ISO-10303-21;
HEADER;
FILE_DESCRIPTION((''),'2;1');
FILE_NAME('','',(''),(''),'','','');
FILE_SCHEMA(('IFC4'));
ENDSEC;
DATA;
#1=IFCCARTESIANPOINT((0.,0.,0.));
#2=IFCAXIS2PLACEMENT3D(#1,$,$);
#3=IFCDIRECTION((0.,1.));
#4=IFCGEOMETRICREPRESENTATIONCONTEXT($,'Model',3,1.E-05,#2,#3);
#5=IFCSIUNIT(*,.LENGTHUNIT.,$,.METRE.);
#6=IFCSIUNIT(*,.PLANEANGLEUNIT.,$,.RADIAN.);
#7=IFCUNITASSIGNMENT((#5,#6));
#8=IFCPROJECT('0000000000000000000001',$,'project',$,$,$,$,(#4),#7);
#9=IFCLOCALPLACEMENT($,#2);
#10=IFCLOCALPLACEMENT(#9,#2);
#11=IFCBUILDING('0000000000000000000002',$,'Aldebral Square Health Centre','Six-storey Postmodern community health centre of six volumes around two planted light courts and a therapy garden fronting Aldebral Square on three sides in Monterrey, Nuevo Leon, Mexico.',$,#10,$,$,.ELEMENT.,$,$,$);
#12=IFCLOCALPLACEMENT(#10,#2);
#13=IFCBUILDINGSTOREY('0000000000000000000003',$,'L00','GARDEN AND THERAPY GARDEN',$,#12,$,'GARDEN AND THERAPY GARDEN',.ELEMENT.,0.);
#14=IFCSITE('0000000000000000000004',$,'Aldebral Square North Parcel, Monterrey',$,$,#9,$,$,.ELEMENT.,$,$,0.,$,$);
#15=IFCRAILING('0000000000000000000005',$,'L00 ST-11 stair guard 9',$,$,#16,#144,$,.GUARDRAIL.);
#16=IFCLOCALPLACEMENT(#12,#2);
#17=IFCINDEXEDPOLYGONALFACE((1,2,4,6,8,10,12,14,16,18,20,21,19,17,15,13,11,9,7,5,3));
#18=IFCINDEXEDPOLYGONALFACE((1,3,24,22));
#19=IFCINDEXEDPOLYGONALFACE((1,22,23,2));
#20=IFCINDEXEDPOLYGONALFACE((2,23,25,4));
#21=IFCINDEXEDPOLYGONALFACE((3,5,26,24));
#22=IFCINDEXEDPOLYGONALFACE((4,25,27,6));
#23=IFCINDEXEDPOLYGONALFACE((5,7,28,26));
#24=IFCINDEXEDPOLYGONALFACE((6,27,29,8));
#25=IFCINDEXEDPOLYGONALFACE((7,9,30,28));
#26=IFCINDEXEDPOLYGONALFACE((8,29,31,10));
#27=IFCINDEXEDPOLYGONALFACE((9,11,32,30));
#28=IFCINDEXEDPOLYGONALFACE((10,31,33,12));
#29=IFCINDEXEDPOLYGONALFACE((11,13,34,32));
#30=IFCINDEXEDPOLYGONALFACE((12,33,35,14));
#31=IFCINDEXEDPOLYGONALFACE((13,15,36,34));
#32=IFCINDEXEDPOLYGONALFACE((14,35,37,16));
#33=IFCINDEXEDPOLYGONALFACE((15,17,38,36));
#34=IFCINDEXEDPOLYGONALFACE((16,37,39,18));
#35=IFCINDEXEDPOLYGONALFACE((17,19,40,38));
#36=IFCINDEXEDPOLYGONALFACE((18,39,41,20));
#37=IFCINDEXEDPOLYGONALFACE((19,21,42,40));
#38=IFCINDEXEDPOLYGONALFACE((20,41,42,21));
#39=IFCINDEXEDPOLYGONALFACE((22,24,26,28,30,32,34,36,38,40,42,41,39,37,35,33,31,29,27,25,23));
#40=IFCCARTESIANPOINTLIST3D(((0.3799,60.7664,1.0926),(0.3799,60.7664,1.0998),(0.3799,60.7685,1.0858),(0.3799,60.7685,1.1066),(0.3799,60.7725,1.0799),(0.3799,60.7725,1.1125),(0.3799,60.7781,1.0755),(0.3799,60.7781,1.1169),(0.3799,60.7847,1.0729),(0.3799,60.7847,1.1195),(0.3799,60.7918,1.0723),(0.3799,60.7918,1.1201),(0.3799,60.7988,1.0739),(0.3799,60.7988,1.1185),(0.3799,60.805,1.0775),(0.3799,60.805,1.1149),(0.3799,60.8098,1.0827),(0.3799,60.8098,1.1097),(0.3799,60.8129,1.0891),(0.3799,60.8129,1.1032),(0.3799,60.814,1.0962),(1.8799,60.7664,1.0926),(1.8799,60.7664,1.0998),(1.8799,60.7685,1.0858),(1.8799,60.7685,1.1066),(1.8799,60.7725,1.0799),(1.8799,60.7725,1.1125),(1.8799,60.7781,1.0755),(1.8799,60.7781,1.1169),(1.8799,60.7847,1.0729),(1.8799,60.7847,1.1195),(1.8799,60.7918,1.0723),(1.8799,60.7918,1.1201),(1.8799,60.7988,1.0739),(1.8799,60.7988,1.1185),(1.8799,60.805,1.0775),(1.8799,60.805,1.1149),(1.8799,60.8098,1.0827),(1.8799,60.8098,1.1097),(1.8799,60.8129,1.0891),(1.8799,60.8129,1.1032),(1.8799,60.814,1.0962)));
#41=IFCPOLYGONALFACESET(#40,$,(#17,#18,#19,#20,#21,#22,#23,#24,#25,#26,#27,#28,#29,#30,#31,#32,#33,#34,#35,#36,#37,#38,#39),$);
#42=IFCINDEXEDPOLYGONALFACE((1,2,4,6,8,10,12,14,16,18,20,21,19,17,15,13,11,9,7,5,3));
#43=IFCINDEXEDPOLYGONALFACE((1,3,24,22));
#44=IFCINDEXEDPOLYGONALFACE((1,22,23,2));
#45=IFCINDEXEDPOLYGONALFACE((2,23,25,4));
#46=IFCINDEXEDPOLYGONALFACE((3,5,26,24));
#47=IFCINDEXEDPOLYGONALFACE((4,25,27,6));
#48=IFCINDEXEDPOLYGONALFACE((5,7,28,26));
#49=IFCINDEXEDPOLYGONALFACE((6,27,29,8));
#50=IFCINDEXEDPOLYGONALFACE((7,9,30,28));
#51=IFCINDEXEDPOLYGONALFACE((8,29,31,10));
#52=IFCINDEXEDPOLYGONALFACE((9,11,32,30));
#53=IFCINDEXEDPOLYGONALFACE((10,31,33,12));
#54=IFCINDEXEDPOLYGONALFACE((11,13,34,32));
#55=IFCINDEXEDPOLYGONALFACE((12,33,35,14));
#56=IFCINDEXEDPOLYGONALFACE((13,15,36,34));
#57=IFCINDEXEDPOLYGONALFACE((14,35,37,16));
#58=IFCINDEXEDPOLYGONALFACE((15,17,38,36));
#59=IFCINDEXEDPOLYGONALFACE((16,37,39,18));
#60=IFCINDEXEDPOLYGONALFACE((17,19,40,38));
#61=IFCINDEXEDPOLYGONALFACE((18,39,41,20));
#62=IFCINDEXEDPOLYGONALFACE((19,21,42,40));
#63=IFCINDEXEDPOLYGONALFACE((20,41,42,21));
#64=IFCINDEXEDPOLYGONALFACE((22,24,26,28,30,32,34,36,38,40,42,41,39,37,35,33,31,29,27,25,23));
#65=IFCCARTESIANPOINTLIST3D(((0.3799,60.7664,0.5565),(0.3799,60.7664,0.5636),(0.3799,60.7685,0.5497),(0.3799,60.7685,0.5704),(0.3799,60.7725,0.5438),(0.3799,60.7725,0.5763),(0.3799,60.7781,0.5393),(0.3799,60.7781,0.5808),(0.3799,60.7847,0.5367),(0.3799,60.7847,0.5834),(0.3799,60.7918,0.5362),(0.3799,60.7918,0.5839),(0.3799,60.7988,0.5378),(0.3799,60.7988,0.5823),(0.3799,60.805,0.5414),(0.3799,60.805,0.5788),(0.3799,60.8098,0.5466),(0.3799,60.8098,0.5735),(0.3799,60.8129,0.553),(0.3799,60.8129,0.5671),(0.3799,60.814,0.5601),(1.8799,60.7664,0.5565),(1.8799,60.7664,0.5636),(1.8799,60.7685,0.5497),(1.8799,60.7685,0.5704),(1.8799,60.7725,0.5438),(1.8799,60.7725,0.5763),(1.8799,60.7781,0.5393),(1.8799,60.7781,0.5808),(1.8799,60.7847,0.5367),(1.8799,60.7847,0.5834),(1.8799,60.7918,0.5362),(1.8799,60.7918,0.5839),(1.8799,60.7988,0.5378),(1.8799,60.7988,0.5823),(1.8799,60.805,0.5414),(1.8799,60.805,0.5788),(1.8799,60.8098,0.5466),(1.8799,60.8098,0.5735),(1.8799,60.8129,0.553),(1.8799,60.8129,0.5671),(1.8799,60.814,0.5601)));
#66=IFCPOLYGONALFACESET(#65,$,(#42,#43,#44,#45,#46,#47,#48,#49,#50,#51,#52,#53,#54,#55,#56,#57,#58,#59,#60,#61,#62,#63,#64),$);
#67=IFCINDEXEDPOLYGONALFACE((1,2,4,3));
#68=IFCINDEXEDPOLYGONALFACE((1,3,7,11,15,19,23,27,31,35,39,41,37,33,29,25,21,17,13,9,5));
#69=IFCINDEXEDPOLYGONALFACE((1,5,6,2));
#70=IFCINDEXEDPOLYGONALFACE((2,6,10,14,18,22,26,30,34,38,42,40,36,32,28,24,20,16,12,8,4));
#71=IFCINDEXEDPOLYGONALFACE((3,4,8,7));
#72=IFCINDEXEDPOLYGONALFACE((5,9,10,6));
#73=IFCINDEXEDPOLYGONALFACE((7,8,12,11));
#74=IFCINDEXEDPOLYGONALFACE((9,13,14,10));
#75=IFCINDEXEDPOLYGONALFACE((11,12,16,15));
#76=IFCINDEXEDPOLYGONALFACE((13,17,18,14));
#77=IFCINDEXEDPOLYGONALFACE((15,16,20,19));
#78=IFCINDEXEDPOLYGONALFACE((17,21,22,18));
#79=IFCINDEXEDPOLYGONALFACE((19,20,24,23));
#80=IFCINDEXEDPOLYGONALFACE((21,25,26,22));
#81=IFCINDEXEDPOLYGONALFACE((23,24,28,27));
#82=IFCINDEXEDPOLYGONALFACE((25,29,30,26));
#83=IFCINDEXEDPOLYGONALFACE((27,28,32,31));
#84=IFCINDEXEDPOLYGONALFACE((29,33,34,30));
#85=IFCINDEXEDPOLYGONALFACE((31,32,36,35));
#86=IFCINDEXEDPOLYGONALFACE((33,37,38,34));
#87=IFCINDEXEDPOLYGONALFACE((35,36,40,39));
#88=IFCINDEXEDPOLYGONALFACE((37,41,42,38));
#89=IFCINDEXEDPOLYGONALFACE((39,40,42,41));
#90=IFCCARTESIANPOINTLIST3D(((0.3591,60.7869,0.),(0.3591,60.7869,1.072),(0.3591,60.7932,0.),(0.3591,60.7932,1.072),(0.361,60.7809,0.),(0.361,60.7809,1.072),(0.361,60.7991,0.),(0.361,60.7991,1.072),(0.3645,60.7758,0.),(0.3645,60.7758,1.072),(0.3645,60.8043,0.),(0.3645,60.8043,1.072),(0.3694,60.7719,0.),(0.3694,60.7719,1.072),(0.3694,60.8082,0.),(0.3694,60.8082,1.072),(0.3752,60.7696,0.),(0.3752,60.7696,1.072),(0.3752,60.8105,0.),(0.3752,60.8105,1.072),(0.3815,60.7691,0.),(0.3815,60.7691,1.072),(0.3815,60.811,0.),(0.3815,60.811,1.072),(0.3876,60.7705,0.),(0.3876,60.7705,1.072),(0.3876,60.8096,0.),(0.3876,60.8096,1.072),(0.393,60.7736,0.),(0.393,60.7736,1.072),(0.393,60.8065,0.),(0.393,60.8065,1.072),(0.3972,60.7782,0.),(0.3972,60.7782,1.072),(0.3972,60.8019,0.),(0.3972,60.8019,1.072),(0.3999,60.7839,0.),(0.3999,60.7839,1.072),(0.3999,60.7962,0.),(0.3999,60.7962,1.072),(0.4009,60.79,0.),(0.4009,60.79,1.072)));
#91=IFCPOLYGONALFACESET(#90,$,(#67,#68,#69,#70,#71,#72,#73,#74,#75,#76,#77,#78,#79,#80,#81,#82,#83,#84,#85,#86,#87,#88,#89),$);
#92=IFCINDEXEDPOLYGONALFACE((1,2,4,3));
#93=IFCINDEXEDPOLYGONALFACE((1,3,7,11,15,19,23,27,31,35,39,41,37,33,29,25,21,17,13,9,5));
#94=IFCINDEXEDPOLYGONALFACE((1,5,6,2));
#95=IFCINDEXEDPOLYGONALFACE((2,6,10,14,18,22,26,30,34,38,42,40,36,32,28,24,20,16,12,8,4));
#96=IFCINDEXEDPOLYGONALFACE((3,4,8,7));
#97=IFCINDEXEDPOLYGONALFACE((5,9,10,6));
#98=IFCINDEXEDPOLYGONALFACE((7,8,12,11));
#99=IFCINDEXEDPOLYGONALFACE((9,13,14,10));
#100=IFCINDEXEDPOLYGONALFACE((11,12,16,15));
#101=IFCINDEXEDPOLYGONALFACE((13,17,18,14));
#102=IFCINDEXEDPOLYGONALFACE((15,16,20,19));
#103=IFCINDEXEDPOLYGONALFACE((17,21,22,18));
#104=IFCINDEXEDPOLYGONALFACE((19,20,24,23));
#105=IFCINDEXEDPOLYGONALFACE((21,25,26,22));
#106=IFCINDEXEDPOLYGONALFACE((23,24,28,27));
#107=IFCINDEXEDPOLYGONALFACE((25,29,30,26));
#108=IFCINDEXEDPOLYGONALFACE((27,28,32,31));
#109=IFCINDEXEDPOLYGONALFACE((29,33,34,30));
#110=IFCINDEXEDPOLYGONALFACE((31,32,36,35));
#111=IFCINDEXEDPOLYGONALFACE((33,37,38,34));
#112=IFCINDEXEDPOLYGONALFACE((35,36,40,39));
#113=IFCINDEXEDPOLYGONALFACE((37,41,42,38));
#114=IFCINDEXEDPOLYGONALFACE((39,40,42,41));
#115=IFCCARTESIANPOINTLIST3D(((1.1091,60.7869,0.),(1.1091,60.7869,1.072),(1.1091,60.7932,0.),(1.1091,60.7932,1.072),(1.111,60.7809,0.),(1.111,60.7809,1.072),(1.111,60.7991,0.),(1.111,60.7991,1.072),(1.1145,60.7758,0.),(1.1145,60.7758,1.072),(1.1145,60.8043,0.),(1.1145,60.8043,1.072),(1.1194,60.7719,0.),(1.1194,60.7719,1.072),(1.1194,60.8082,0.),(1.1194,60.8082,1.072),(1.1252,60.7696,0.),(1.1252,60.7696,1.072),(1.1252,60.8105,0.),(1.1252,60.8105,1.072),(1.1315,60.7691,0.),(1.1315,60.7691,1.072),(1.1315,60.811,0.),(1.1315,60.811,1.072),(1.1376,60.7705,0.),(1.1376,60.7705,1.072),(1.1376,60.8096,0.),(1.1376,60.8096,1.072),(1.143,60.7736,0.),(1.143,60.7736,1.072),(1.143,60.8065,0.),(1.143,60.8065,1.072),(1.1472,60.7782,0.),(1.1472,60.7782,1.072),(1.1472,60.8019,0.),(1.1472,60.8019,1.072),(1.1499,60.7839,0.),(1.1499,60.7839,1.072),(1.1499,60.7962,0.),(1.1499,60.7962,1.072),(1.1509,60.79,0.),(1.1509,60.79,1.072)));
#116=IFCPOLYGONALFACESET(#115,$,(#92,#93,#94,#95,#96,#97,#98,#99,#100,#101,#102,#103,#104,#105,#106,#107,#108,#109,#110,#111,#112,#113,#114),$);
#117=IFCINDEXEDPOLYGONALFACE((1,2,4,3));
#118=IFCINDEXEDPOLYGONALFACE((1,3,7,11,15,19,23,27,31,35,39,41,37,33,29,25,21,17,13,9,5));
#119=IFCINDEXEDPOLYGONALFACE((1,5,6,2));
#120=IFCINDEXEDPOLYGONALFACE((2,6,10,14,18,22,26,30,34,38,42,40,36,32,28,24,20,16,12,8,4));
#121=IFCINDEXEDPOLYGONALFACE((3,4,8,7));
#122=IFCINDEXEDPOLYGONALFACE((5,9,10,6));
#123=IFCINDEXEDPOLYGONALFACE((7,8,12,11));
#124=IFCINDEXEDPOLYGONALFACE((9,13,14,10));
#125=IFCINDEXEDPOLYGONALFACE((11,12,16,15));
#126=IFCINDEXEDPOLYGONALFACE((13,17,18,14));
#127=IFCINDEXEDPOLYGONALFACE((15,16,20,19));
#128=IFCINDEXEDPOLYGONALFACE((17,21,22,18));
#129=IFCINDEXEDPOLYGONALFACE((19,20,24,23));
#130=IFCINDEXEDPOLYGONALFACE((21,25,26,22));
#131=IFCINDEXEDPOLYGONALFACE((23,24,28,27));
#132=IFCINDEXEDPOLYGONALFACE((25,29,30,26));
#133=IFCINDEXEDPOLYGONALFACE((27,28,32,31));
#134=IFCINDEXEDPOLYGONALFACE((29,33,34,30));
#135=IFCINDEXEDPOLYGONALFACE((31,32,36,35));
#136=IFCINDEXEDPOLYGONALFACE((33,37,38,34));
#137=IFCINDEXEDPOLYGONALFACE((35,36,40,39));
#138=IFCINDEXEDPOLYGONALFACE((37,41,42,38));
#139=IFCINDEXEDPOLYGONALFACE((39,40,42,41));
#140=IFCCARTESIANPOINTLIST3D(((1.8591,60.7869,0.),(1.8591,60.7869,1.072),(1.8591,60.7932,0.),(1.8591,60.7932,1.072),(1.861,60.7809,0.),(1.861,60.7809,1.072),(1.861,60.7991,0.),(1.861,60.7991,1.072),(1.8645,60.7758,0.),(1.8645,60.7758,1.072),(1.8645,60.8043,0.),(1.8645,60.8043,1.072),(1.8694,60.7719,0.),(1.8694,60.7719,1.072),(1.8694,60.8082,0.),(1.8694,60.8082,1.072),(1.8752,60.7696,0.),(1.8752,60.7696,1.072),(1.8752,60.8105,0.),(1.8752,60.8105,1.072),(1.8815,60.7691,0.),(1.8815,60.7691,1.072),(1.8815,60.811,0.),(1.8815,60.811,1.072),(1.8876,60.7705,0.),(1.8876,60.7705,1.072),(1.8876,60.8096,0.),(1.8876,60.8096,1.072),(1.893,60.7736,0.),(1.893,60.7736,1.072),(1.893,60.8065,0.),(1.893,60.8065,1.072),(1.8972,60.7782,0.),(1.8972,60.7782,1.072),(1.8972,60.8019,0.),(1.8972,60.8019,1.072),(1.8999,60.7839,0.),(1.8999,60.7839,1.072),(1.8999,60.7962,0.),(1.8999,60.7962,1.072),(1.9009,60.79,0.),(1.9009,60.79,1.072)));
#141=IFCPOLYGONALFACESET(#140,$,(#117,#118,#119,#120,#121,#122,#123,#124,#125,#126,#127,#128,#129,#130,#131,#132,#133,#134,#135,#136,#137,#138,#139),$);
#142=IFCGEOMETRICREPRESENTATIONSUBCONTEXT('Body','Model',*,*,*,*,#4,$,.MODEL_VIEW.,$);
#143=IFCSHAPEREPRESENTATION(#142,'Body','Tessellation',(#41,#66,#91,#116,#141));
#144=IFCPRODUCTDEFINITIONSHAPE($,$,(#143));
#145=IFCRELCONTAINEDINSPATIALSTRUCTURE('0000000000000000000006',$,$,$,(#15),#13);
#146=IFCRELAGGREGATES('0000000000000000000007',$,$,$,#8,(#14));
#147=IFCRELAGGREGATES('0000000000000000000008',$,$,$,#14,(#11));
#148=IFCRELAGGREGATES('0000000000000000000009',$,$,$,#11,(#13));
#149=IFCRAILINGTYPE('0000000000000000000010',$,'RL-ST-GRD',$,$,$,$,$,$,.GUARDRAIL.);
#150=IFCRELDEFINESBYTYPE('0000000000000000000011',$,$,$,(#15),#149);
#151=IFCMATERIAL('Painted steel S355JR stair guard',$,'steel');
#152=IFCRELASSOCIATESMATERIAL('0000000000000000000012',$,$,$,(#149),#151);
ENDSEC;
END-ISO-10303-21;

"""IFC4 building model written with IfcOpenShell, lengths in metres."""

from ifc_helpers import new_model, si_unit, direction, frame, origin, origin_2d, place, context, subcontext, project, spatial, circle, extrude, material, type_object, element, save


model = new_model("IFC4")

# Units and contexts
model_context = context("Model", 3, precision=1e-05, world=origin(), true_north=direction((0.0, 1.0)))
body_context = subcontext(model_context, "Body", "Model", "MODEL_VIEW")
ifc_project = project(units=[si_unit("LENGTHUNIT", "METRE"), si_unit("PLANEANGLEUNIT", "RADIAN")], contexts=[model_context])

# Site, building, storey
site_placement = place(None, origin())
site = spatial("IfcSite", under=ifc_project, at=site_placement, Name="Aldebral Square North Parcel, Monterrey", CompositionType="ELEMENT", RefElevation=0.0)
building_placement = place(site_placement, origin())
building = spatial("IfcBuilding", under=site, at=building_placement, Name="Aldebral Square Health Centre", Description="Six-storey Postmodern community health centre of six volumes around two planted light courts and a therapy garden fronting Aldebral Square on three sides in Monterrey, Nuevo Leon, Mexico.", CompositionType="ELEMENT")
storey_placement = place(building_placement, origin())
storey = spatial("IfcBuildingStorey", under=building, at=storey_placement, Name="L00", Description="GARDEN AND THERAPY GARDEN", LongName="GARDEN AND THERAPY GARDEN", CompositionType="ELEMENT", Elevation=0.0)

# Railing
ifc_material_1 = material(Name="Painted steel S355JR stair guard", Category="steel")
railing_type_1 = type_object("IfcRailingType", Name="RL-ST-GRD", PredefinedType="GUARDRAIL", material=ifc_material_1)
railing_1_placement = place(storey_placement, frame((0.3799, 60.79, 0.0)))
element("IfcRailing", 1, at=railing_1_placement, inside=storey, type_object=railing_type_1, Name="L00 ST-11 stair guard 9", PredefinedType="GUARDRAIL", context=body_context, shape_type="SweptSolid", body=[
    extrude(circle(Radius=0.0239, at=origin_2d()), frame((0.0, 0.0, 1.0962), z_axis=(1.0, 0.0, 0.0), x_axis=(0.0, 1.0, 0.0)), (0.0, 0.0, 1.0), 1.5),
    extrude(circle(Radius=0.0239, at=origin_2d()), frame((0.0, 0.0, 0.5601), z_axis=(1.0, 0.0, 0.0), x_axis=(0.0, 1.0, 0.0)), (0.0, 0.0, 1.0), 1.5),
    extrude(circle(Radius=0.021, at=origin_2d()), origin(), (0.0, 0.0, 1.0), 1.072),
    extrude(circle(Radius=0.021, at=origin_2d()), frame((0.75, 0.0, 0.0)), (0.0, 0.0, 1.0), 1.072),
    extrude(circle(Radius=0.021, at=origin_2d()), frame((1.5, 0.0, 0.0)), (0.0, 0.0, 1.0), 1.072),
])

save(model, "model.ifc")
